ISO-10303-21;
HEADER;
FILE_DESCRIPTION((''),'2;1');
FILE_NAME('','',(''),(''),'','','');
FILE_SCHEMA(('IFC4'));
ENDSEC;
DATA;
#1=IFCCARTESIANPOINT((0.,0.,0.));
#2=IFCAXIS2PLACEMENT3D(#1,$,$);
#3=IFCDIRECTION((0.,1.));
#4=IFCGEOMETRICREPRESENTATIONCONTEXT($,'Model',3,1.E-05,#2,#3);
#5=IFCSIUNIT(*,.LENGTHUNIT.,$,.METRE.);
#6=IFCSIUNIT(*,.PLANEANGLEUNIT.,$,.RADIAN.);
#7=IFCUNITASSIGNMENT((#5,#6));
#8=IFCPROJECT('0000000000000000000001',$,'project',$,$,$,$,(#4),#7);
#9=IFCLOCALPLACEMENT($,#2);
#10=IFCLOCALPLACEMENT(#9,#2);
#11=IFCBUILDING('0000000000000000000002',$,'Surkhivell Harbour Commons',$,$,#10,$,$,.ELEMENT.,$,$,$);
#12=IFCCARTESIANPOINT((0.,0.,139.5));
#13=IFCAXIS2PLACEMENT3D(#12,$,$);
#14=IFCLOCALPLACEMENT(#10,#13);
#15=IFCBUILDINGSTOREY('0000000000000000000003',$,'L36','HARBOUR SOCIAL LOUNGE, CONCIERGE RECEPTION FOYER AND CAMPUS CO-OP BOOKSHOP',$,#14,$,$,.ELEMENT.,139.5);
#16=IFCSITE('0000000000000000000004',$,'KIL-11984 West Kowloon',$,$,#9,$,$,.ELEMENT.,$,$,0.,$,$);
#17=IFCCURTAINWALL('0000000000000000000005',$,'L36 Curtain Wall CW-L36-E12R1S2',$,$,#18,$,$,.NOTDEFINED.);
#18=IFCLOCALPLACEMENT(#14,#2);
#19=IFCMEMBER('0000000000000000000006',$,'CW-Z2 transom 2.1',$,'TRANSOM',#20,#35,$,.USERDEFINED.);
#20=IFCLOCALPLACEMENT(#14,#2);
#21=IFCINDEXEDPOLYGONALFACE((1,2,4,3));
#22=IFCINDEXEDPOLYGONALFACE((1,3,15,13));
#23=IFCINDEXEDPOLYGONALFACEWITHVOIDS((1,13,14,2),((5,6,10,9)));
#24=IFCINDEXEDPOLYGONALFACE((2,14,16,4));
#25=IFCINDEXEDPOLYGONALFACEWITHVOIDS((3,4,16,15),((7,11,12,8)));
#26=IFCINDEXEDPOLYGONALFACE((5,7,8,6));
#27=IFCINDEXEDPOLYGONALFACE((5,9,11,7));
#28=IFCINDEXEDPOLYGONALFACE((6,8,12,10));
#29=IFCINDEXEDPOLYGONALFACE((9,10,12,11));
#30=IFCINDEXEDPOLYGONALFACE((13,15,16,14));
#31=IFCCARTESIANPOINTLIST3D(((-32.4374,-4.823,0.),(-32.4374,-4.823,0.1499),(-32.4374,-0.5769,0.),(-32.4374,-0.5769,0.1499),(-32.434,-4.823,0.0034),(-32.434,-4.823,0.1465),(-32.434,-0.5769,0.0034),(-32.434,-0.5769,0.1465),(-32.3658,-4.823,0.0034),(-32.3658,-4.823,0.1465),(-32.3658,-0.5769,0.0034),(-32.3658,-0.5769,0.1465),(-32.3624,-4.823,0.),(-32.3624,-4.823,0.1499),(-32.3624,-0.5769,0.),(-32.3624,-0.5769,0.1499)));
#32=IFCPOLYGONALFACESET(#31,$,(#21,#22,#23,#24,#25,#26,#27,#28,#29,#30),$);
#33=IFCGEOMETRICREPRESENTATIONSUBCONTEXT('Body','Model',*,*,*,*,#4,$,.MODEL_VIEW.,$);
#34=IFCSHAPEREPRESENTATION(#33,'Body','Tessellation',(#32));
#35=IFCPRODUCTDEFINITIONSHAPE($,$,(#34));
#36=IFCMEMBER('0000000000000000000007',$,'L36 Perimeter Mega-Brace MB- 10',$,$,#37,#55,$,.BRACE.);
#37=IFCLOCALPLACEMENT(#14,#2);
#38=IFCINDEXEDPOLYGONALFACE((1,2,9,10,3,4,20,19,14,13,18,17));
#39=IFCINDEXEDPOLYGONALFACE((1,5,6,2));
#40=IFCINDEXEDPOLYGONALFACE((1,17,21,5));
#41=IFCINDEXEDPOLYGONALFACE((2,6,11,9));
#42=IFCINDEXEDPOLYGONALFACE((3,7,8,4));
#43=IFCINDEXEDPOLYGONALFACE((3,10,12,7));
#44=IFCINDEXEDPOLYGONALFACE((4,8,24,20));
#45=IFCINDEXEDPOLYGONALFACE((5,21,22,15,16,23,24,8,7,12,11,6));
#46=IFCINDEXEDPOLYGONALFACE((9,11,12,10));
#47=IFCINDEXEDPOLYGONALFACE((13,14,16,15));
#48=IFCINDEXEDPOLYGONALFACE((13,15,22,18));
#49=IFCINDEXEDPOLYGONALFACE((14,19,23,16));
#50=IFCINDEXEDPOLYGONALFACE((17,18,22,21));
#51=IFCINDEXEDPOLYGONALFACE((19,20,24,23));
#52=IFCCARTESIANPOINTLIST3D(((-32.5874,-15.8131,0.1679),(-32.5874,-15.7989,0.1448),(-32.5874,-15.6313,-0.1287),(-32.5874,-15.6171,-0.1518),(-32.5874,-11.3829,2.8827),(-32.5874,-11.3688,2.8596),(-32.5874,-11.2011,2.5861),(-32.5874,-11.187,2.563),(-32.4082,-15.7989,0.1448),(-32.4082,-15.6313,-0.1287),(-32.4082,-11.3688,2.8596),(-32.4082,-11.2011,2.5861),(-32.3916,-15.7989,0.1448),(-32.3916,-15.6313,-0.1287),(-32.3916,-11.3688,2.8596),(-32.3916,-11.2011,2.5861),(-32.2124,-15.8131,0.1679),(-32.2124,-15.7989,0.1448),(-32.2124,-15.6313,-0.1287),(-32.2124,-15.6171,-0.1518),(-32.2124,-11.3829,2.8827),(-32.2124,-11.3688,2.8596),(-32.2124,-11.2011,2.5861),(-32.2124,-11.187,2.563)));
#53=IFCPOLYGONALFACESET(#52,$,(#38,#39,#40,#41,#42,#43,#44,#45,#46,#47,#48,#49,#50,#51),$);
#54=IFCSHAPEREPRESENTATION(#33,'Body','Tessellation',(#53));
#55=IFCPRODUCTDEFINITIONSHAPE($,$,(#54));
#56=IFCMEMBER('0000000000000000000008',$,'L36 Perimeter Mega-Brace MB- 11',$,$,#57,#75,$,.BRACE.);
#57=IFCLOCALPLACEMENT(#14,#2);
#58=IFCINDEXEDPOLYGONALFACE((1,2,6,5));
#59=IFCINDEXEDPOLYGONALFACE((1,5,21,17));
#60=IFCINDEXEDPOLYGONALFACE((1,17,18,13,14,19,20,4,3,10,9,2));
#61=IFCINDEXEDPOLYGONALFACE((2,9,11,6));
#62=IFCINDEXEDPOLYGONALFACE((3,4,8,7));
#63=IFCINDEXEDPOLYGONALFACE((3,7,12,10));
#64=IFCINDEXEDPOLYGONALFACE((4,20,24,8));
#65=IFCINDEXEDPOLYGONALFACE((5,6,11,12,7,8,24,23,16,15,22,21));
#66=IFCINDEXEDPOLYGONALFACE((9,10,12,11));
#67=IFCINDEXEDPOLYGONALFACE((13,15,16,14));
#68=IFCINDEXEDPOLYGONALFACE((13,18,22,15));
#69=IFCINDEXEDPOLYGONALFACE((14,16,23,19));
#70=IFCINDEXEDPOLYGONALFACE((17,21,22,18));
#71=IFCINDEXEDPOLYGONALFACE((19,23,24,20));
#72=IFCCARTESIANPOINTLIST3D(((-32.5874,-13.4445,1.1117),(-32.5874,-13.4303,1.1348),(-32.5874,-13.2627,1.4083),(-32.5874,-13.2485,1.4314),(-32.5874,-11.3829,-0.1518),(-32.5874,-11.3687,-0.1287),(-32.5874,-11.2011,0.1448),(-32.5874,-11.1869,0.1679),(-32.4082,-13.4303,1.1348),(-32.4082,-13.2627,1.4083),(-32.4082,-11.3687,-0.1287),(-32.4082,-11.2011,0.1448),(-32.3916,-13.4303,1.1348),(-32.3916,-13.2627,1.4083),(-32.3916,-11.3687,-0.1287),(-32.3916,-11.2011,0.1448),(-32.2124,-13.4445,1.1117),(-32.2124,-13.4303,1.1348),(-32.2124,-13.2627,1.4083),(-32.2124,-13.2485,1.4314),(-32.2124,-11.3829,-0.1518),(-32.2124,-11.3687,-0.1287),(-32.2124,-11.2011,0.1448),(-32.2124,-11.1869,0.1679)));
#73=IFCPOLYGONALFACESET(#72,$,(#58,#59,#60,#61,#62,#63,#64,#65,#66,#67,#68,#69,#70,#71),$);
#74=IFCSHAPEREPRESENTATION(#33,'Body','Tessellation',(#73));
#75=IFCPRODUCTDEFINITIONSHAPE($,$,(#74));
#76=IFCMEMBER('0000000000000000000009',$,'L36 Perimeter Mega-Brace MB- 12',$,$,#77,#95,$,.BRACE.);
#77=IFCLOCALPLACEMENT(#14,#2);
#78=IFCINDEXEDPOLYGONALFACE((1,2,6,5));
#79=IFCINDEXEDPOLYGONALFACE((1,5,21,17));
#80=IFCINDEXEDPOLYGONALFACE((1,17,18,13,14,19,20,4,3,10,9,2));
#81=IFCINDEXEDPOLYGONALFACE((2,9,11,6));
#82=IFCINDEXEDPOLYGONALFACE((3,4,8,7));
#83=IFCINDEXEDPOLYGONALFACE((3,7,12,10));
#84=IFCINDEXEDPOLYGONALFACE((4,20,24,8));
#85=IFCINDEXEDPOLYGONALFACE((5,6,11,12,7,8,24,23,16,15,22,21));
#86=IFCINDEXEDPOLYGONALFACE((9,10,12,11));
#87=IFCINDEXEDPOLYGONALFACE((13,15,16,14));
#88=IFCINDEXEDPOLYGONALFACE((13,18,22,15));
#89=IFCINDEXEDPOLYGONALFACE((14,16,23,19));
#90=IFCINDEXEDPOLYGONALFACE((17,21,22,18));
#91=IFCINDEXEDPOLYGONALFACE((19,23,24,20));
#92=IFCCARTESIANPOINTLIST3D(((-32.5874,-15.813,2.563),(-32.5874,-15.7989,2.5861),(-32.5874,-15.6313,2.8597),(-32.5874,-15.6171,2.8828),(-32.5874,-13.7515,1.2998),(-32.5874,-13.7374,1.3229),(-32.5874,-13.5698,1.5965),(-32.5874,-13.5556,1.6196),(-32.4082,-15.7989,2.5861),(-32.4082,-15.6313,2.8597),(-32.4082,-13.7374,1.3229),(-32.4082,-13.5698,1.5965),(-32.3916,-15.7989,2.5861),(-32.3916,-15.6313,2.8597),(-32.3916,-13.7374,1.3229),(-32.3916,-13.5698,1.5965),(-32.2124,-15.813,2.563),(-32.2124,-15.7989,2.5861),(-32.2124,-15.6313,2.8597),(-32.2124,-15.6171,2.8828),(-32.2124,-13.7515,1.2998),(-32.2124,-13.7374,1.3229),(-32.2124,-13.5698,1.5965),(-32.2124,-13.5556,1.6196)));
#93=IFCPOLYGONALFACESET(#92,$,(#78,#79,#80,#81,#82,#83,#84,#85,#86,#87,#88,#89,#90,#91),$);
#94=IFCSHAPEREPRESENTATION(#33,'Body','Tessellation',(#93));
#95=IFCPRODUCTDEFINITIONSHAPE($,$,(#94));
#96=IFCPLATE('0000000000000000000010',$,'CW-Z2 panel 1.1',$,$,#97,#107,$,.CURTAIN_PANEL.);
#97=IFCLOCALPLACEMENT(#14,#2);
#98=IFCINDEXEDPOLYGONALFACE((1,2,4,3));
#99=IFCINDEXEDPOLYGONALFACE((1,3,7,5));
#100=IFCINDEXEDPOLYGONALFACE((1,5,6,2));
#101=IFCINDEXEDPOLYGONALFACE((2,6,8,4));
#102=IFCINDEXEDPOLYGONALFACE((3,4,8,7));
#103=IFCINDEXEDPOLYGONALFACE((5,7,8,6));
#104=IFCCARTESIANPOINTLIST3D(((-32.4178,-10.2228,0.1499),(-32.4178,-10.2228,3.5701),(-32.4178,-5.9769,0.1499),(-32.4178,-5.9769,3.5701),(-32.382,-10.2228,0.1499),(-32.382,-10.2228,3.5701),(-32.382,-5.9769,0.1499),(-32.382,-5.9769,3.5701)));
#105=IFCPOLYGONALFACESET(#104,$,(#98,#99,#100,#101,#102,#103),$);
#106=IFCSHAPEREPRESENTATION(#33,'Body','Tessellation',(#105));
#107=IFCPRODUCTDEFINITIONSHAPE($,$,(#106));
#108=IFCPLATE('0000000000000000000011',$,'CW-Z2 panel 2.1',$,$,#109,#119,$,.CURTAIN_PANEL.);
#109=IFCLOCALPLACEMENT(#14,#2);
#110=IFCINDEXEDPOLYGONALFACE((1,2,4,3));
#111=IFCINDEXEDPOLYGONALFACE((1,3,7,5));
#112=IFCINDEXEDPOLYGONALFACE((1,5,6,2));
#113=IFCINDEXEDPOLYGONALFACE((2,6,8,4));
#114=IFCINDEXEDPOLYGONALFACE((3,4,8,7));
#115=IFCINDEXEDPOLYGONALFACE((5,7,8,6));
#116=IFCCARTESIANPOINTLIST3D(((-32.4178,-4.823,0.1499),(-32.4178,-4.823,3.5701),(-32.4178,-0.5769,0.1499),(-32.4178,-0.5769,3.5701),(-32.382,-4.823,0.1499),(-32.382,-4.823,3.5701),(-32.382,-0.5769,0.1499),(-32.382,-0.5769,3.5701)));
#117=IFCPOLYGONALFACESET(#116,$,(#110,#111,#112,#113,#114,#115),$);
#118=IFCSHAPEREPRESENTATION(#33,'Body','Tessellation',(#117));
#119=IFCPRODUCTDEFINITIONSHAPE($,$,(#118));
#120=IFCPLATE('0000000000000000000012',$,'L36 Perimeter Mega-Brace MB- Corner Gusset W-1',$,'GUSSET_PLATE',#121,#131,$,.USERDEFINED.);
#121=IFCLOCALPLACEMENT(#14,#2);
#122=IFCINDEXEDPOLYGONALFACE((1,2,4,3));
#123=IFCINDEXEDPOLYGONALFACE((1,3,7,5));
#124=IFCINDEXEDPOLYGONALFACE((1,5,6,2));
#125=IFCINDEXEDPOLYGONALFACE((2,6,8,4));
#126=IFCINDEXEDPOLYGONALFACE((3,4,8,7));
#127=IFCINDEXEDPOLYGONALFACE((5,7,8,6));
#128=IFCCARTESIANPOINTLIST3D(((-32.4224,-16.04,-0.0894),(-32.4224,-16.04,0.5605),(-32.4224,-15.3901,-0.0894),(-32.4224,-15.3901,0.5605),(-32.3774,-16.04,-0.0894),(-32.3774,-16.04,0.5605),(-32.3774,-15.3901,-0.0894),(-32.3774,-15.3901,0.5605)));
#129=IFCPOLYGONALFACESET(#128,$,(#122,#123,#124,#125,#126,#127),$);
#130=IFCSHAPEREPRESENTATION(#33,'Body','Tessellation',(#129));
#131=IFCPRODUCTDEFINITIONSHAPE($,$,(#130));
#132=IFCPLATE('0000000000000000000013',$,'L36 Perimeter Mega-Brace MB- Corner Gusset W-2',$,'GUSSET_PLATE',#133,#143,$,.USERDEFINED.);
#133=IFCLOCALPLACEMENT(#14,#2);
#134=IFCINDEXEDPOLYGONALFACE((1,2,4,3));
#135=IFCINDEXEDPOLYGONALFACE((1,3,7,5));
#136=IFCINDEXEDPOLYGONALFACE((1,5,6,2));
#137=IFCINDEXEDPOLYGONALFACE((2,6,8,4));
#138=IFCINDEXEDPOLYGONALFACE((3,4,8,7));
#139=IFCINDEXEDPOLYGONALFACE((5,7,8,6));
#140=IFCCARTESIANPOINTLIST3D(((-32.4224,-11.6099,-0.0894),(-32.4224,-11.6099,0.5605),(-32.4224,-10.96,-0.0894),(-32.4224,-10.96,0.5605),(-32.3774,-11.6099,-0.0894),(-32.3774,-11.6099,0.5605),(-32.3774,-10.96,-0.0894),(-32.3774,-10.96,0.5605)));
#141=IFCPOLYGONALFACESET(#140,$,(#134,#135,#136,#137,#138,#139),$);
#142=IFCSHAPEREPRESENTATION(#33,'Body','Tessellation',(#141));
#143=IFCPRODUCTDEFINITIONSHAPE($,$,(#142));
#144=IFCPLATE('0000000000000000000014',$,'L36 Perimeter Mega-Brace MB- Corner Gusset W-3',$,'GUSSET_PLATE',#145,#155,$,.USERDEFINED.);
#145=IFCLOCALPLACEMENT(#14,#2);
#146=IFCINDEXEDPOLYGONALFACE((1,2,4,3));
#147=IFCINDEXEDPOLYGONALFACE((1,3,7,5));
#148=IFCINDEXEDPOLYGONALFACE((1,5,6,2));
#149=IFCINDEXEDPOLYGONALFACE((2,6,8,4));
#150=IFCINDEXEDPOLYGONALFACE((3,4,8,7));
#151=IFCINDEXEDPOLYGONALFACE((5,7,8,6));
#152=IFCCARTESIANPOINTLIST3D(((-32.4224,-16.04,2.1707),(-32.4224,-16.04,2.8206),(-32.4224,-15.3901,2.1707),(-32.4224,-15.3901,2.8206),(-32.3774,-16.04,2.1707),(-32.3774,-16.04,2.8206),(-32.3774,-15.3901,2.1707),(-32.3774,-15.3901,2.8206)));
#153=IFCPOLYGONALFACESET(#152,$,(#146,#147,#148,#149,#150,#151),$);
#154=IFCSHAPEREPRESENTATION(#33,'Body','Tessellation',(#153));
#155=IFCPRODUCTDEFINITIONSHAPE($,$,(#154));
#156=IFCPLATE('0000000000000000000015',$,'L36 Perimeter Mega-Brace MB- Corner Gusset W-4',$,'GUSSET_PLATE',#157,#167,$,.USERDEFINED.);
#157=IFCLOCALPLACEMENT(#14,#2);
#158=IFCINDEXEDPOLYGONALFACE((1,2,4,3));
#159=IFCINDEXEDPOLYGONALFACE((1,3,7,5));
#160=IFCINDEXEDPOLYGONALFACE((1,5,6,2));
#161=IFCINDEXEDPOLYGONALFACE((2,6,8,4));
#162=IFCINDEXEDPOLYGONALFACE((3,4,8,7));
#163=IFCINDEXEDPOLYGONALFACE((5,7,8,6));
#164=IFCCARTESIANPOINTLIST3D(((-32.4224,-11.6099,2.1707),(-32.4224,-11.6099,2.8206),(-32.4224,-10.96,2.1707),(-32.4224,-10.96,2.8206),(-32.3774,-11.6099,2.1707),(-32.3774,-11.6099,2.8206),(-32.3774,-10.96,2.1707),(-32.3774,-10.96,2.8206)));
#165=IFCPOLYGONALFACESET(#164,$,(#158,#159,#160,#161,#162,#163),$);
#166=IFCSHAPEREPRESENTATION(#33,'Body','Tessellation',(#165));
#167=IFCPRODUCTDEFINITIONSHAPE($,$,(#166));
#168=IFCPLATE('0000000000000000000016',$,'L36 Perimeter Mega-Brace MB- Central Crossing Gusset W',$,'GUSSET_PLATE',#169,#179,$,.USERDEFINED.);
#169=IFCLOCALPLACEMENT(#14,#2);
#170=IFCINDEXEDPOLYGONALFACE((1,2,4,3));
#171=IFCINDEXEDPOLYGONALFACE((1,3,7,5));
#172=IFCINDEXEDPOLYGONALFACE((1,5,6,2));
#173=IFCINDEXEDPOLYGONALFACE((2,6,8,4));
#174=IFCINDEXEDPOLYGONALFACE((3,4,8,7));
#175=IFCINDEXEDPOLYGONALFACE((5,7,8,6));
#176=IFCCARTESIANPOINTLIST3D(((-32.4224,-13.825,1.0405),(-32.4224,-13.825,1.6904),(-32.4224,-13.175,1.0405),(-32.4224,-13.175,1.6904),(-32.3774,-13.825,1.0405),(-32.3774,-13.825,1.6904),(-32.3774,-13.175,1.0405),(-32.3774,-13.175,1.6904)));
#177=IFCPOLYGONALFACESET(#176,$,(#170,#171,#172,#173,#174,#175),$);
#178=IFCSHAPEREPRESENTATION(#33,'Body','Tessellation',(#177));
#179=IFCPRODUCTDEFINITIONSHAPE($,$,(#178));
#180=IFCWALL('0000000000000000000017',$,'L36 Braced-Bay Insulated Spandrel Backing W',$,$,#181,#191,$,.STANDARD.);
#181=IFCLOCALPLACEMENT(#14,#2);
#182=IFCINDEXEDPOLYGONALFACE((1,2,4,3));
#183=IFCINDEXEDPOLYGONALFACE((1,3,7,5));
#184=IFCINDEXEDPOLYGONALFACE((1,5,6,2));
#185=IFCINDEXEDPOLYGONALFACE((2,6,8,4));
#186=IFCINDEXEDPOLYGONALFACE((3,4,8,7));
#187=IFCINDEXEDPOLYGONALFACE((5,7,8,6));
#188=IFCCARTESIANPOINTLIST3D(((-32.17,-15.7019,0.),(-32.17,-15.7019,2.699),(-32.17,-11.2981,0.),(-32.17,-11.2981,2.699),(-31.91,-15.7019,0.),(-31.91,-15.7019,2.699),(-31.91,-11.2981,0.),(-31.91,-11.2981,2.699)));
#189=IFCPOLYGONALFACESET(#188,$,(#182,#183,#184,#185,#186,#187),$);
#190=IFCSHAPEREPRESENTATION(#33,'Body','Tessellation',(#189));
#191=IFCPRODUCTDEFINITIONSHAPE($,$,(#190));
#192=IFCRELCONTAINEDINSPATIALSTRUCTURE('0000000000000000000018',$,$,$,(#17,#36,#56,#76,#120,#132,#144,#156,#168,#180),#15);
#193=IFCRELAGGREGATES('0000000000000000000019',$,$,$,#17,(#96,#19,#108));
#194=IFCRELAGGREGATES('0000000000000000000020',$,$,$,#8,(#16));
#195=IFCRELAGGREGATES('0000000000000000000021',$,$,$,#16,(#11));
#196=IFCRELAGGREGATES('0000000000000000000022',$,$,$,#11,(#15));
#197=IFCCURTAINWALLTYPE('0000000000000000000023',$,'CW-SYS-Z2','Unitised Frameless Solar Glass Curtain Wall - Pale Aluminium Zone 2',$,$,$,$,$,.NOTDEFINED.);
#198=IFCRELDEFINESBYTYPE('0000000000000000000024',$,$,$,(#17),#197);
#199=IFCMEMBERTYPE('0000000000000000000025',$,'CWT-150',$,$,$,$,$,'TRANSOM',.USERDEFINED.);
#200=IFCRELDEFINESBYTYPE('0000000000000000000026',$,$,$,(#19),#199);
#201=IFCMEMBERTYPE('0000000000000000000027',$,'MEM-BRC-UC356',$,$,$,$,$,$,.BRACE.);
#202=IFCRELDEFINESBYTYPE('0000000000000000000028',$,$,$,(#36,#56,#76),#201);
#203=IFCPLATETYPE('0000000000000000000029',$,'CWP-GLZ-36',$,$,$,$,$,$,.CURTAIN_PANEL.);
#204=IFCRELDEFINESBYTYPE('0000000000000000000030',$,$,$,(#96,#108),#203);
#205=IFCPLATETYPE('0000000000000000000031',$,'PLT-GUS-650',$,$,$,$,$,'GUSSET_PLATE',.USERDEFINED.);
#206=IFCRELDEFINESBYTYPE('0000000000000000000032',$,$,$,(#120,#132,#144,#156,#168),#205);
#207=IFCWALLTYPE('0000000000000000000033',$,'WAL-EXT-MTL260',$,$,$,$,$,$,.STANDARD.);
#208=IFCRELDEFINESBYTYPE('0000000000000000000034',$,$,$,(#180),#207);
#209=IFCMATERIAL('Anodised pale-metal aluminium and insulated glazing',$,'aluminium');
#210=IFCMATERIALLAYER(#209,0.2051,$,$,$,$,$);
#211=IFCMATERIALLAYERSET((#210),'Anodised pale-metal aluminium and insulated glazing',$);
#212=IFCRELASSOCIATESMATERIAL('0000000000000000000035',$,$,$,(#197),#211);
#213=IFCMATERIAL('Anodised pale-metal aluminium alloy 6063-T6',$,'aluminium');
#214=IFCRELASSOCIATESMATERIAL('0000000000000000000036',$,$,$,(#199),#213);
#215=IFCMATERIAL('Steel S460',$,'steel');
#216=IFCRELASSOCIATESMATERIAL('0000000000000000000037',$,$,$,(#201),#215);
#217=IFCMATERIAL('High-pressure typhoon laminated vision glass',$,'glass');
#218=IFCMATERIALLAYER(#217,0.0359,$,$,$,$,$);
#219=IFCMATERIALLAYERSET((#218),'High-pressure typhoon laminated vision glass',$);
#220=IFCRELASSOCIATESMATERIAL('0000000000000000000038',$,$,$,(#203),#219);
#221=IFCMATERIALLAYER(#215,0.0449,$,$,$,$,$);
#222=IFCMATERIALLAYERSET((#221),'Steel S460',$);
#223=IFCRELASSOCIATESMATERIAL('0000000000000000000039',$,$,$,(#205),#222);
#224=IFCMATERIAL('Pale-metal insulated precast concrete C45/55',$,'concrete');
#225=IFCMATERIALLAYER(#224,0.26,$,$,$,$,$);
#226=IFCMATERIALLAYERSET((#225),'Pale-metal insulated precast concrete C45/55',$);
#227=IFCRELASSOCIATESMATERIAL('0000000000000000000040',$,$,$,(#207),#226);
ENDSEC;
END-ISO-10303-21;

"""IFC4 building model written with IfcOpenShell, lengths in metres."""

from ifc_helpers import new_model, si_unit, direction, frame, frame_2d, origin, origin_2d, place, context, subcontext, project, spatial, rectangle, hollow_rectangle, i_section, extrude, material, layer, layer_set, material_profile, profile_set, type_object, element, aggregate, save


model = new_model("IFC4")

# Units and contexts
model_context = context("Model", 3, precision=1e-05, world=origin(), true_north=direction((0.0, 1.0)))
body_context = subcontext(model_context, "Body", "Model", "MODEL_VIEW")
ifc_project = project(units=[si_unit("LENGTHUNIT", "METRE"), si_unit("PLANEANGLEUNIT", "RADIAN")], contexts=[model_context])

# Site, building, storey
site_placement = place(None, origin())
site = spatial("IfcSite", under=ifc_project, at=site_placement, Name="KIL-11984 West Kowloon", CompositionType="ELEMENT", RefElevation=0.0)
building_placement = place(site_placement, origin())
building = spatial("IfcBuilding", under=site, at=building_placement, Name="Surkhivell Harbour Commons", CompositionType="ELEMENT")
storey_placement = place(building_placement, frame((0.0, 0.0, 139.5)))
storey = spatial("IfcBuildingStorey", under=building, at=storey_placement, Name="L36", Description="HARBOUR SOCIAL LOUNGE, CONCIERGE RECEPTION FOYER AND CAMPUS CO-OP BOOKSHOP", CompositionType="ELEMENT", Elevation=139.5)

# Shared definitions
ifc_material_1 = material(Name="Steel S460", Category="steel")

# Curtain wall, member
ifc_material_2 = material(Name="Anodised pale-metal aluminium and insulated glazing", Category="aluminium")
ifc_layer_1 = layer(ifc_material_2, 0.2051)
ifc_layer_set_1 = layer_set([ifc_layer_1], Name="Anodised pale-metal aluminium and insulated glazing")
curtain_wall_type = type_object("IfcCurtainWallType", Name="CW-SYS-Z2", Description="Unitised Frameless Solar Glass Curtain Wall - Pale Aluminium Zone 2", PredefinedType="NOTDEFINED", material=ifc_layer_set_1)
curtain_wall_placement = place(storey_placement, origin())
curtain_wall = element("IfcCurtainWall", 1, at=curtain_wall_placement, inside=storey, type_object=curtain_wall_type, Name="L36 Curtain Wall CW-L36-E12R1S2", PredefinedType="NOTDEFINED")
ifc_material_3 = material(Name="Anodised pale-metal aluminium alloy 6063-T6", Category="aluminium")
ifc_material_profile_1 = material_profile(ifc_material_3, hollow_rectangle(XDim=0.075, YDim=0.1499, WallThickness=0.0034, at=origin_2d()), Name="ALU-TRAN-75x150")
ifc_profile_set_1 = profile_set([ifc_material_profile_1], Name="Anodised pale-metal aluminium alloy 6063-T6")
member_type_1 = type_object("IfcMemberType", Name="CWT-150", ElementType="TRANSOM", PredefinedType="USERDEFINED", material=ifc_profile_set_1)
member_1_placement = place(storey_placement, frame((-32.3999, -4.823, 0.075), z_axis=(0.0, 1.0, 0.0), x_axis=(-1.0, 0.0, 0.0)))
member_1 = element("IfcMember", 2, at=member_1_placement, type_object=member_type_1, Name="CW-Z2 transom 2.1", ObjectType="TRANSOM", PredefinedType="USERDEFINED", context=body_context, shape_type="SweptSolid", body=[
    extrude(hollow_rectangle(XDim=0.075, YDim=0.1499, WallThickness=0.0034, at=origin_2d()), origin(), (0.0, 0.0, 1.0), 4.2461),
])

# Members
ifc_material_profile_2 = material_profile(ifc_material_1, i_section(OverallWidth=0.375, OverallDepth=0.375, WebThickness=0.0166, FlangeThickness=0.0271, at=origin_2d()), Name="UC356x368x202")
ifc_profile_set_2 = profile_set([ifc_material_profile_2], Name="Steel S460")
member_type_2 = type_object("IfcMemberType", Name="MEM-BRC-UC356", PredefinedType="BRACE", material=ifc_profile_set_2)
member_2_placement = place(storey_placement, frame((-32.3999, -15.7151, 0.0081), z_axis=(0.0, 0.852638, 0.522503), x_axis=(-1.0, 0.0, 0.0)))
element("IfcMember", 3, at=member_2_placement, inside=storey, type_object=member_type_2, Name="L36 Perimeter Mega-Brace MB- 10", PredefinedType="BRACE", context=body_context, shape_type="SweptSolid", body=[
    extrude(i_section(OverallWidth=0.375, OverallDepth=0.375, WebThickness=0.0166, FlangeThickness=0.0271, at=origin_2d()), origin(), (0.0, 0.0, 1.0), 5.1958),
])
member_3_placement = place(storey_placement, frame((-32.3999, -11.2849, 0.0081), z_axis=(0.0, -0.852617, 0.522536), x_axis=(1.0, 0.0, 0.0)))
element("IfcMember", 4, at=member_3_placement, inside=storey, type_object=member_type_2, Name="L36 Perimeter Mega-Brace MB- 11", PredefinedType="BRACE", context=body_context, shape_type="SweptSolid", body=[
    extrude(i_section(OverallWidth=0.375, OverallDepth=0.375, WebThickness=0.0166, FlangeThickness=0.0271, at=origin_2d()), origin(), (0.0, 0.0, 1.0), 2.418),
])
member_4_placement = place(storey_placement, frame((-32.3999, -13.6536, 1.4597), z_axis=(0.0, -0.852662, 0.522463), x_axis=(1.0, 0.0, 0.0)))
element("IfcMember", 5, at=member_4_placement, inside=storey, type_object=member_type_2, Name="L36 Perimeter Mega-Brace MB- 12", PredefinedType="BRACE", context=body_context, shape_type="SweptSolid", body=[
    extrude(i_section(OverallWidth=0.375, OverallDepth=0.375, WebThickness=0.0166, FlangeThickness=0.0271, at=origin_2d()), origin(), (0.0, 0.0, 1.0), 2.4177),
])

# Plates
ifc_material_4 = material(Name="High-pressure typhoon laminated vision glass", Category="glass")
ifc_layer_2 = layer(ifc_material_4, 0.0359)
ifc_layer_set_2 = layer_set([ifc_layer_2], Name="High-pressure typhoon laminated vision glass")
plate_type_1 = type_object("IfcPlateType", Name="CWP-GLZ-36", PredefinedType="CURTAIN_PANEL", material=ifc_layer_set_2)
plate_1_placement = place(storey_placement, frame((-32.3999, -10.2229, 0.1499), z_axis=(0.0, 0.0, 1.0), x_axis=(0.0, 1.0, 0.0)))
plate_1 = element("IfcPlate", 6, at=plate_1_placement, type_object=plate_type_1, Name="CW-Z2 panel 1.1", PredefinedType="CURTAIN_PANEL", context=body_context, shape_type="SweptSolid", body=[
    extrude(rectangle(XDim=4.2458, YDim=0.0359, at=frame_2d((2.123, 0.0))), origin(), (0.0, 0.0, 1.0), 3.4202),
])
plate_2_placement = place(storey_placement, frame((-32.3999, -4.823, 0.1499), z_axis=(0.0, 0.0, 1.0), x_axis=(0.0, 1.0, 0.0)))
plate_2 = element("IfcPlate", 7, at=plate_2_placement, type_object=plate_type_1, Name="CW-Z2 panel 2.1", PredefinedType="CURTAIN_PANEL", context=body_context, shape_type="SweptSolid", body=[
    extrude(rectangle(XDim=4.2461, YDim=0.0359, at=frame_2d((2.123, 0.0))), origin(), (0.0, 0.0, 1.0), 3.4202),
])
aggregate(curtain_wall, [plate_1, member_1, plate_2])

# Plates
ifc_layer_3 = layer(ifc_material_1, 0.0449)
ifc_layer_set_3 = layer_set([ifc_layer_3], Name="Steel S460")
plate_type_2 = type_object("IfcPlateType", Name="PLT-GUS-650", ElementType="GUSSET_PLATE", PredefinedType="USERDEFINED", material=ifc_layer_set_3)
for number, where, z_axis, x_axis, name in (
    (8, (-32.3999, -15.7151, -0.0894), (0.0, 0.0, 1.0), (0.0, 1.0, 0.0), "L36 Perimeter Mega-Brace MB- Corner Gusset W-1"),
    (9, (-32.3999, -11.2849, -0.0894), (0.0, 0.0, 1.0), (0.0, 1.0, 0.0), "L36 Perimeter Mega-Brace MB- Corner Gusset W-2"),
    (10, (-32.3999, -15.7151, 2.1707), (0.0, 0.0, 1.0), (0.0, 1.0, 0.0), "L36 Perimeter Mega-Brace MB- Corner Gusset W-3"),
    (11, (-32.3999, -11.2849, 2.1707), (0.0, 0.0, 1.0), (0.0, 1.0, 0.0), "L36 Perimeter Mega-Brace MB- Corner Gusset W-4"),
    (12, (-32.3999, -13.5, 1.0405), (0.0, 0.0, 1.0), (0.0, 1.0, 0.0), "L36 Perimeter Mega-Brace MB- Central Crossing Gusset W"),
):
    element("IfcPlate", number, at=place(storey_placement, frame(where, z_axis=z_axis, x_axis=x_axis)), inside=storey, type_object=plate_type_2, Name=name, ObjectType="GUSSET_PLATE", PredefinedType="USERDEFINED", context=body_context, shape_type="SweptSolid", body=[
        extrude(rectangle(XDim=0.6499, YDim=0.0449, at=origin_2d()), origin(), (0.0, 0.0, 1.0), 0.6499),
    ])

# Wall
ifc_material_5 = material(Name="Pale-metal insulated precast concrete C45/55", Category="concrete")
ifc_layer_4 = layer(ifc_material_5, 0.26)
ifc_layer_set_4 = layer_set([ifc_layer_4], Name="Pale-metal insulated precast concrete C45/55")
wall_type_1 = type_object("IfcWallType", Name="WAL-EXT-MTL260", PredefinedType="STANDARD", material=ifc_layer_set_4)
wall_1_placement = place(storey_placement, frame((-32.04, -15.7019, 0.0), z_axis=(0.0, 0.0, 1.0), x_axis=(0.0, 1.0, 0.0)))
element("IfcWall", 13, at=wall_1_placement, inside=storey, type_object=wall_type_1, Name="L36 Braced-Bay Insulated Spandrel Backing W", PredefinedType="STANDARD", context=body_context, shape_type="SweptSolid", body=[
    extrude(rectangle(XDim=4.4038, YDim=0.26, at=frame_2d((2.2019, 0.0))), origin(), (0.0, 0.0, 1.0), 2.699),
])

save(model, "model.ifc")
